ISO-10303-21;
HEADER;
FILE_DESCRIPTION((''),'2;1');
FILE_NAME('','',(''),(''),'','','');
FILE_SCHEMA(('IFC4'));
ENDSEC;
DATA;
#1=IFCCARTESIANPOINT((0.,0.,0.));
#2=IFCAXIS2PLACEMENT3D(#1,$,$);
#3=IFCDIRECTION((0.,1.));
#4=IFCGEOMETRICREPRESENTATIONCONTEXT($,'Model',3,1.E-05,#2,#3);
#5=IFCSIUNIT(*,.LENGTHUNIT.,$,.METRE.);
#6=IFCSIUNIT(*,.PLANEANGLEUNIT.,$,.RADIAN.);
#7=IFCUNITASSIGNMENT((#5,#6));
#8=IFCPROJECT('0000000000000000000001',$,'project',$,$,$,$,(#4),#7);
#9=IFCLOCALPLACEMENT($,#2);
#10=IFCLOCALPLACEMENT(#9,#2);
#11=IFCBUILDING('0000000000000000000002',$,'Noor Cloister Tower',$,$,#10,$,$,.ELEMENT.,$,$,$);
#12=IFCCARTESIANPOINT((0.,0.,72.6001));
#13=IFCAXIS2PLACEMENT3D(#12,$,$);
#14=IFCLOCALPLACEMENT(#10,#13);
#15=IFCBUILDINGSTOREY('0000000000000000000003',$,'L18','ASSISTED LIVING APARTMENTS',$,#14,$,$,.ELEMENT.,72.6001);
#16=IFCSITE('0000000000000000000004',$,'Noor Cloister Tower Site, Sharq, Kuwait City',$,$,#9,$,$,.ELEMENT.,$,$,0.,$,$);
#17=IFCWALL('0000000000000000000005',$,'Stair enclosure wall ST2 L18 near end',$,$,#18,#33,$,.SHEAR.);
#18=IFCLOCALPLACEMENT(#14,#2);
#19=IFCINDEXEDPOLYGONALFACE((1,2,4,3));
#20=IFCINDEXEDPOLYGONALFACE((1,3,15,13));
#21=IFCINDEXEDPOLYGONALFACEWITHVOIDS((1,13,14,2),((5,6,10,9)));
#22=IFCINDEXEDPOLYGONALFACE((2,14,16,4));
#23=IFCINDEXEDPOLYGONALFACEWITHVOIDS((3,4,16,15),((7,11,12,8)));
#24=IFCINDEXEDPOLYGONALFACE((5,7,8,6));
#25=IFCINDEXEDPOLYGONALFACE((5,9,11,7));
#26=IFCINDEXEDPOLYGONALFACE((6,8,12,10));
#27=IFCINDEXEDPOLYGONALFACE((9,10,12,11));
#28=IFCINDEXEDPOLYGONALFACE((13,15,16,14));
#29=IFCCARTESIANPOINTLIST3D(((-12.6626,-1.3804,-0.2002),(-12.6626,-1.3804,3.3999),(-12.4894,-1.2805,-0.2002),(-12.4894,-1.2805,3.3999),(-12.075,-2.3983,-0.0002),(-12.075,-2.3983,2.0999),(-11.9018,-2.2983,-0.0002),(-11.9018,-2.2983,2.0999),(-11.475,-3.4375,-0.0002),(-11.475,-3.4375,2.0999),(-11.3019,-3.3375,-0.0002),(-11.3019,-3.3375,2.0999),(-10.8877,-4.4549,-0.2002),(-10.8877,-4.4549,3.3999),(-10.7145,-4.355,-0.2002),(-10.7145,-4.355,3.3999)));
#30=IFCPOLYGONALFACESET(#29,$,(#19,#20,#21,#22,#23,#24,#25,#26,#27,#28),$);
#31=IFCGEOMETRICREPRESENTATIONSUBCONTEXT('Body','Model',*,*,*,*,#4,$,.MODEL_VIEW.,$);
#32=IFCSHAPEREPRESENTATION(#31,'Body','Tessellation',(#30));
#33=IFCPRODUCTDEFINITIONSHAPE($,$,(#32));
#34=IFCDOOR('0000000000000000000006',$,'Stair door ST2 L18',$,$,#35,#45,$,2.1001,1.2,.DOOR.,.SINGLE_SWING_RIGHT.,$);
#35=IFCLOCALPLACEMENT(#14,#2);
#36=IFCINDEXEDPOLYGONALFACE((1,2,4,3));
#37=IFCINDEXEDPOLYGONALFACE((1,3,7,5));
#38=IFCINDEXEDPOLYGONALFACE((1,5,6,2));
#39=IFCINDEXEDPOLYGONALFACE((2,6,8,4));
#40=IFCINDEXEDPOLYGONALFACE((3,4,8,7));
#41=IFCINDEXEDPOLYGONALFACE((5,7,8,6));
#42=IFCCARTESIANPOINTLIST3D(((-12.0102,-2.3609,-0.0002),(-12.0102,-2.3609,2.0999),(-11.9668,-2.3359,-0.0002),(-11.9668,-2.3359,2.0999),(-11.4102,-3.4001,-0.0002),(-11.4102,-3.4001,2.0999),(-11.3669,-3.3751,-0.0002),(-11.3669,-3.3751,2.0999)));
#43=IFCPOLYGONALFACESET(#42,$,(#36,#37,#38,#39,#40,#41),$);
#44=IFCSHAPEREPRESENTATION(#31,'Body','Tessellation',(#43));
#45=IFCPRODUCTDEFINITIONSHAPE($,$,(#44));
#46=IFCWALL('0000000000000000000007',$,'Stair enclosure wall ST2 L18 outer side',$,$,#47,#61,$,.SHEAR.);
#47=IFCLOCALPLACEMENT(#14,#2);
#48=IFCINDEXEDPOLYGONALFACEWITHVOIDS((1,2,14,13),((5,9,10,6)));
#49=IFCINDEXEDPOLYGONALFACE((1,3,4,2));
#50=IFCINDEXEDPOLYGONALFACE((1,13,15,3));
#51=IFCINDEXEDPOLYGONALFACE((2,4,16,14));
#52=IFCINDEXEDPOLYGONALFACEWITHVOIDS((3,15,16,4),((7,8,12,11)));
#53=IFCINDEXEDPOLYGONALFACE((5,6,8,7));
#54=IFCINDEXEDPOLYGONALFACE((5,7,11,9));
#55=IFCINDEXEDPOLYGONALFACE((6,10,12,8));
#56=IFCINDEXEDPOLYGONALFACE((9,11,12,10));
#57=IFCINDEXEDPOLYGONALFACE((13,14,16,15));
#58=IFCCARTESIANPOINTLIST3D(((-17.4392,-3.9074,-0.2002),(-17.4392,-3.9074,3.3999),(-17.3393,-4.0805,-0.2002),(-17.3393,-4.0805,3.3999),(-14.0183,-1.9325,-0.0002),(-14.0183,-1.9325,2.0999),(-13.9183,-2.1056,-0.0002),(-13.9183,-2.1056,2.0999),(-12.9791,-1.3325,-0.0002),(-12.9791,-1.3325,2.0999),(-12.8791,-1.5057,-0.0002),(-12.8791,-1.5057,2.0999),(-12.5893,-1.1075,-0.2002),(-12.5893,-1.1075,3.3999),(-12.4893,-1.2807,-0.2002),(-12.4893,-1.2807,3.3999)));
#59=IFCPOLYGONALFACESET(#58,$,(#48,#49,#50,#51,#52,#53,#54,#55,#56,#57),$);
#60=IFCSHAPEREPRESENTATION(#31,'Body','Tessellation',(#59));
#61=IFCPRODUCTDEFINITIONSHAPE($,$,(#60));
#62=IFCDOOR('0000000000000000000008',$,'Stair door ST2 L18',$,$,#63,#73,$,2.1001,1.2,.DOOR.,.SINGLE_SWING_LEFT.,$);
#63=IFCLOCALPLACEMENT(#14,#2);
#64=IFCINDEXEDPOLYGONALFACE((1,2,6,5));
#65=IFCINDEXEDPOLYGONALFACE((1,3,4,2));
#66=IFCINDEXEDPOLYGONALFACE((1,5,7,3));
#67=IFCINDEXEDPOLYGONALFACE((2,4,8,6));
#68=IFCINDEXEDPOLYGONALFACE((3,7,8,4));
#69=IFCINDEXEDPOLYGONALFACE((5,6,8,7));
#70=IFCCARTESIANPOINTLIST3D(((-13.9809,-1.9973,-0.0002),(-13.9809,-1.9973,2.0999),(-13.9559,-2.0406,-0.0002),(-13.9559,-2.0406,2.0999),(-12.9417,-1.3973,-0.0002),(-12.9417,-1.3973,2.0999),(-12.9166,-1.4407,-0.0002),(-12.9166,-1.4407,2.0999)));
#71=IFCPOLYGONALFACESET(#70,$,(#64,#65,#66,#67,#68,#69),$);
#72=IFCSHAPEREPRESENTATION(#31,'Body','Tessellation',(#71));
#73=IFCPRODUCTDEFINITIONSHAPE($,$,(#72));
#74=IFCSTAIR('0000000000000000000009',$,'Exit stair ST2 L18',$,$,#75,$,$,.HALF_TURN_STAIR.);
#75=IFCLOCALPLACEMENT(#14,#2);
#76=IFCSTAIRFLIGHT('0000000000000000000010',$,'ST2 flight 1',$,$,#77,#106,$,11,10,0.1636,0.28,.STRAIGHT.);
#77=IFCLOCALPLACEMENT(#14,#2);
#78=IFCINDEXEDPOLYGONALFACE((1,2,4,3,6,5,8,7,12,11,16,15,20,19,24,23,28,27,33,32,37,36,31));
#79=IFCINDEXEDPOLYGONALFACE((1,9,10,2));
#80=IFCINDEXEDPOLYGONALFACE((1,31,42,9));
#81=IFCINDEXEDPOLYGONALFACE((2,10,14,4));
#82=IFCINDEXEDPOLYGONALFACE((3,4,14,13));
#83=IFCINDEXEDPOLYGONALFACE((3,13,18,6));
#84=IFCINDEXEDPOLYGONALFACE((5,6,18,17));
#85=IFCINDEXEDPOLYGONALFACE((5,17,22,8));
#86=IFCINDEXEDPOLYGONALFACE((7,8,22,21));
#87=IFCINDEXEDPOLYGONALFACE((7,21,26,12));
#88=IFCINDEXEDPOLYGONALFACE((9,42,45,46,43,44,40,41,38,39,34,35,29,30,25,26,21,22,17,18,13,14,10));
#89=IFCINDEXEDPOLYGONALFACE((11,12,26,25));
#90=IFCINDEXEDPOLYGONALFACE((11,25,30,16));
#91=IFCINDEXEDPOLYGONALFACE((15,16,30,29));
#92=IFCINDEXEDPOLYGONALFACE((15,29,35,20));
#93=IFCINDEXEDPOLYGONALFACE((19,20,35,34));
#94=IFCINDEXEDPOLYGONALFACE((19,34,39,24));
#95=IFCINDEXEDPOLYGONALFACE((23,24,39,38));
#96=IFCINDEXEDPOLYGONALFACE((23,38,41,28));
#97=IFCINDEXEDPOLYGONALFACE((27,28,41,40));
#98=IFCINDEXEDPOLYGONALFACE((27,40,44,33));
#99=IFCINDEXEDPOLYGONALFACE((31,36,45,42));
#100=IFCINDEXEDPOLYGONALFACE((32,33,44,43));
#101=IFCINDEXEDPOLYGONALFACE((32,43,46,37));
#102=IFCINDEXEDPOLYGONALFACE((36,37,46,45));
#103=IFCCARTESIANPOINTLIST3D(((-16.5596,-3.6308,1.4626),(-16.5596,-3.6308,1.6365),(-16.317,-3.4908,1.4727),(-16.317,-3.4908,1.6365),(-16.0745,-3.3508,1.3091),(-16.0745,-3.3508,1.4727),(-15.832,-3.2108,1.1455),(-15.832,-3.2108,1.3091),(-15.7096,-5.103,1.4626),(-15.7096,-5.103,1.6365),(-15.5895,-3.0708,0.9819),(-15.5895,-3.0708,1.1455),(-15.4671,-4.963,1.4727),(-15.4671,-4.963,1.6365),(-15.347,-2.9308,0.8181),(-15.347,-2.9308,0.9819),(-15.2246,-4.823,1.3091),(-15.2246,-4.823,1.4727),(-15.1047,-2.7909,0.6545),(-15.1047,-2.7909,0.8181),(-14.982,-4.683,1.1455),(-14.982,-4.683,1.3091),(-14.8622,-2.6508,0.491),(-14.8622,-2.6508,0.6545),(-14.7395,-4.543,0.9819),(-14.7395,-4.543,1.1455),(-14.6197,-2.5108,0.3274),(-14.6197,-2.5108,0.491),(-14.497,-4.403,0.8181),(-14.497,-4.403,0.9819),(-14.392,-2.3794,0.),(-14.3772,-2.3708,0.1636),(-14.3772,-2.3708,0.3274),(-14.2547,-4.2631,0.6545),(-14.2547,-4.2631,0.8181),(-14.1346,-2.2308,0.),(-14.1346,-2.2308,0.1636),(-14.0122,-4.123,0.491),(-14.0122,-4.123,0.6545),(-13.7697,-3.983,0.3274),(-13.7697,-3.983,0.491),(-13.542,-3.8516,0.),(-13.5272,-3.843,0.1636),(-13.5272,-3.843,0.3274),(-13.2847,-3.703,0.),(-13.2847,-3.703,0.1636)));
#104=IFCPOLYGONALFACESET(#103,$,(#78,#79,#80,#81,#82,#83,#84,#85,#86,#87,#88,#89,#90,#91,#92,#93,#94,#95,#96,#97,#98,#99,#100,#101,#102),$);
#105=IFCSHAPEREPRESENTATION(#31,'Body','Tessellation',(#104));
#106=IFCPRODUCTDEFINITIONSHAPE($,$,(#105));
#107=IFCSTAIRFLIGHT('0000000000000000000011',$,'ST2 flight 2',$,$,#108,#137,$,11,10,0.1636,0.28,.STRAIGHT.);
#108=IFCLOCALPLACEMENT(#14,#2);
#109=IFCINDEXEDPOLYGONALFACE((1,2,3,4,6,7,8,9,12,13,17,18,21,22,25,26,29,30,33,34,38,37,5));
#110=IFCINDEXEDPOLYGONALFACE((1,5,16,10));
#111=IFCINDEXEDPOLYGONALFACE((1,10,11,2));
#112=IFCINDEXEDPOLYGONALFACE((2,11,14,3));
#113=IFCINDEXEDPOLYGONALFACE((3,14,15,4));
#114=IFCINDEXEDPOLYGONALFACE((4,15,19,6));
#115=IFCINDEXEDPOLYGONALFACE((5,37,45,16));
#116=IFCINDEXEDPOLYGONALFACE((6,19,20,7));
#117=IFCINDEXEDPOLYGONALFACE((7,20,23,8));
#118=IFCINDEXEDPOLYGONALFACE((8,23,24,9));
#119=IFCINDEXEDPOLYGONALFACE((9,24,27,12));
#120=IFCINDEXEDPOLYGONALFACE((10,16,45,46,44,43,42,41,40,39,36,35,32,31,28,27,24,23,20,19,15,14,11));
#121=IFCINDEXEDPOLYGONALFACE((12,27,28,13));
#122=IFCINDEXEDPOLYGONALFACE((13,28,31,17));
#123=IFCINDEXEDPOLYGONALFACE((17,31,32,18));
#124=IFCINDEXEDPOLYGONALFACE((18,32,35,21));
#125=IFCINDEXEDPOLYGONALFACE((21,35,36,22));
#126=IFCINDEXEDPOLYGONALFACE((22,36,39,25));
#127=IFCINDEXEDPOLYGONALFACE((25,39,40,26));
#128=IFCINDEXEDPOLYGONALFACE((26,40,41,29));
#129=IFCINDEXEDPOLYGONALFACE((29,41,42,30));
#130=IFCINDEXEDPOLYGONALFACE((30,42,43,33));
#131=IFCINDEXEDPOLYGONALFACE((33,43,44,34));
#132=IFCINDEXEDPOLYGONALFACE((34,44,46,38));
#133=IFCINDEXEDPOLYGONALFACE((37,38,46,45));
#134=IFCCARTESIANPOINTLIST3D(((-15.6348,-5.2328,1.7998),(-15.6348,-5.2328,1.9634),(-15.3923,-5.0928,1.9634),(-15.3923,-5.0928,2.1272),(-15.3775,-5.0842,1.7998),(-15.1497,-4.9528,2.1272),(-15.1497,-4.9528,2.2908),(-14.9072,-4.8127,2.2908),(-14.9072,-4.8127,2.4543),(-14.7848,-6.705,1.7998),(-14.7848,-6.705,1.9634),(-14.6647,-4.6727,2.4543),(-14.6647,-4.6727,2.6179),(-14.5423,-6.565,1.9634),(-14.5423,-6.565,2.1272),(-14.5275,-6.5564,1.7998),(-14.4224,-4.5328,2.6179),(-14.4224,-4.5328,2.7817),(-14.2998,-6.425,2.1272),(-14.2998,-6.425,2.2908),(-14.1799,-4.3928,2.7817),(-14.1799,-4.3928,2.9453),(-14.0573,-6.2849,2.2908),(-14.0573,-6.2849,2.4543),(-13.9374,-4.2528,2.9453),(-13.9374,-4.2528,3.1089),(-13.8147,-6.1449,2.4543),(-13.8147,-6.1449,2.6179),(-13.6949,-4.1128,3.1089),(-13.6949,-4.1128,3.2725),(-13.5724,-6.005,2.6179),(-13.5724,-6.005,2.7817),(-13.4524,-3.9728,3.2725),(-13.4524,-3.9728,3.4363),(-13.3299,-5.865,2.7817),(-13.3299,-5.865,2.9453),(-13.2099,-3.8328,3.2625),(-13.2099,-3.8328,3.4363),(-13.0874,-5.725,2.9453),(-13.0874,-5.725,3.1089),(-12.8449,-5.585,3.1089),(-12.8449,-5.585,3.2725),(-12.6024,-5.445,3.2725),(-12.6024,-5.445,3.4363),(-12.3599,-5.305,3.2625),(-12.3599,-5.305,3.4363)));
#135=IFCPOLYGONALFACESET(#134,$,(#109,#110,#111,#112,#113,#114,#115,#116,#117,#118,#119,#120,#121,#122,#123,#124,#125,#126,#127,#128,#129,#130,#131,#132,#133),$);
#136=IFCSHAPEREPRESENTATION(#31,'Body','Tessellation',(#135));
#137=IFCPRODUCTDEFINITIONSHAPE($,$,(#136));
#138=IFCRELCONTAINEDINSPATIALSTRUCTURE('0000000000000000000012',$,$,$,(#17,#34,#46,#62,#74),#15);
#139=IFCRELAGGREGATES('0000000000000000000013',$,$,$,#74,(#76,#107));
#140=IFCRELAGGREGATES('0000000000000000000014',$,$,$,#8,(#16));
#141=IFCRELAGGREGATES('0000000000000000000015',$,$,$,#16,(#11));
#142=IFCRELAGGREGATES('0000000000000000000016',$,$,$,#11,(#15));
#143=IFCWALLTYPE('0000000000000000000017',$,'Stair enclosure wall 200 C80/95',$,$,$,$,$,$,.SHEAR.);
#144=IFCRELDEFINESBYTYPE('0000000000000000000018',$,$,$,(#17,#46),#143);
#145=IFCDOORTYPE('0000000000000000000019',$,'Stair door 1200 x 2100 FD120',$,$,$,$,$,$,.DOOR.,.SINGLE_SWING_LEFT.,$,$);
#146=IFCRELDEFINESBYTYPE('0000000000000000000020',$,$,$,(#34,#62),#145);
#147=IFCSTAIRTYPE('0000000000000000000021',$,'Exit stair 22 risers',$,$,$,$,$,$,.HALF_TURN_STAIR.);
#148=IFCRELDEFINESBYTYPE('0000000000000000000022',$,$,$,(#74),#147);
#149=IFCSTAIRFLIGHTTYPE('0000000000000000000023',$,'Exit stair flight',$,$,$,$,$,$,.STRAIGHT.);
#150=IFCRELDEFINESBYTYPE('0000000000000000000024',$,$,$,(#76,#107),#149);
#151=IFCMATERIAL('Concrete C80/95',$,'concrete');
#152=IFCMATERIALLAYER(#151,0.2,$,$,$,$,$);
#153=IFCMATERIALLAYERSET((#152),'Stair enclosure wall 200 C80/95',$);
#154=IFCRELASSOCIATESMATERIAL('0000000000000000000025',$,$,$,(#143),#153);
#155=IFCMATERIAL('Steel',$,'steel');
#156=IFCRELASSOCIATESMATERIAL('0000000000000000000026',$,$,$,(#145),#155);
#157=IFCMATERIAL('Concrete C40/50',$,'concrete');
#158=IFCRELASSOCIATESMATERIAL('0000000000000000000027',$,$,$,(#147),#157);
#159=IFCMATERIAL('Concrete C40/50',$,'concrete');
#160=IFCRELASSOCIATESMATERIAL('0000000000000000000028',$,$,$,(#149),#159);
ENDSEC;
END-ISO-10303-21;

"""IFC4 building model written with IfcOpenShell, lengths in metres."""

from ifc_helpers import new_model, si_unit, direction, frame, frame_2d, origin, place, context, subcontext, project, spatial, polyline, rectangle, outline, extrude, material, layer, layer_set, type_object, element, fill, aggregate, save


model = new_model("IFC4")

# Units and contexts
model_context = context("Model", 3, precision=1e-05, world=origin(), true_north=direction((0.0, 1.0)))
body_context = subcontext(model_context, "Body", "Model", "MODEL_VIEW")
ifc_project = project(units=[si_unit("LENGTHUNIT", "METRE"), si_unit("PLANEANGLEUNIT", "RADIAN")], contexts=[model_context])

# Site, building, storey
site_placement = place(None, origin())
site = spatial("IfcSite", under=ifc_project, at=site_placement, Name="Noor Cloister Tower Site, Sharq, Kuwait City", CompositionType="ELEMENT", RefElevation=0.0)
building_placement = place(site_placement, origin())
building = spatial("IfcBuilding", under=site, at=building_placement, Name="Noor Cloister Tower", CompositionType="ELEMENT")
storey_placement = place(building_placement, frame((0.0, 0.0, 72.6001)))
storey = spatial("IfcBuildingStorey", under=building, at=storey_placement, Name="L18", Description="ASSISTED LIVING APARTMENTS", CompositionType="ELEMENT", Elevation=72.6001)

# Walls, openings, doors
ifc_material_1 = material(Name="Concrete C80/95", Category="concrete")
ifc_layer_1 = layer(ifc_material_1, 0.2)
ifc_layer_set_1 = layer_set([ifc_layer_1], Name="Stair enclosure wall 200 C80/95")
wall_type_1 = type_object("IfcWallType", Name="Stair enclosure wall 200 C80/95", PredefinedType="SHEAR", material=ifc_layer_set_1)
wall_1_placement = place(storey_placement, frame((-12.5759, -1.3306, -0.2002), z_axis=(0.0, 0.0, 1.0), x_axis=(0.49997, -0.866042, 0.0)))
wall_1 = element("IfcWall", 1, at=wall_1_placement, inside=storey, type_object=wall_type_1, Name="Stair enclosure wall ST2 L18 near end", PredefinedType="SHEAR", context=body_context, shape_type="SweptSolid", body=[
    extrude(rectangle(XDim=3.55, YDim=0.2, at=frame_2d((1.7749, 0.0))), origin(), (0.0, 0.0, 1.0), 3.6001),
])
opening_1_placement = place(wall_1_placement, frame((1.175, 0.0, 0.2)))
opening_1 = element("IfcOpeningElement", 2, at=opening_1_placement, cuts=wall_1, PredefinedType="OPENING", context=body_context, shape_type="SweptSolid", body=[
    extrude(rectangle(XDim=1.2, YDim=2.1001, at=frame_2d((0.6001, 1.05))), frame((0.0, 0.1099, 0.0), z_axis=(0.0, -1.0, 0.0), x_axis=(1.0, 0.0, 0.0)), (0.0, 0.0, 1.0), 0.22),
])
ifc_material_2 = material(Name="Steel", Category="steel")
door_type_1 = type_object("IfcDoorType", Name="Stair door 1200 x 2100 FD120", OperationType="SINGLE_SWING_LEFT", PredefinedType="DOOR", material=ifc_material_2)
door_1_placement = place(opening_1_placement, origin())
door_1 = element("IfcDoor", 3, at=door_1_placement, inside=storey, type_object=door_type_1, Name="Stair door ST2 L18", OperationType="SINGLE_SWING_RIGHT", OverallHeight=2.1001, OverallWidth=1.2, PredefinedType="DOOR", context=body_context, shape_type="SweptSolid", body=[
    extrude(rectangle(XDim=1.2, YDim=2.1001, at=frame_2d((0.6001, 1.05))), frame((0.0, 0.0249, 0.0), z_axis=(0.0, -1.0, 0.0), x_axis=(1.0, 0.0, 0.0)), (0.0, 0.0, 1.0), 0.05),
])
fill(opening_1, door_1)
wall_2_placement = place(storey_placement, frame((-12.5393, -1.1941, -0.2002), z_axis=(0.0, 0.0, 1.0), x_axis=(-0.866045, -0.499965, 0.0)))
wall_2 = element("IfcWall", 4, at=wall_2_placement, inside=storey, type_object=wall_type_1, Name="Stair enclosure wall ST2 L18 outer side", PredefinedType="SHEAR", context=body_context, shape_type="SweptSolid", body=[
    extrude(rectangle(XDim=5.6001, YDim=0.2, at=frame_2d((2.8, 0.0))), origin(), (0.0, 0.0, 1.0), 3.6001),
])
opening_2_placement = place(wall_2_placement, frame((0.45, 0.0, 0.2)))
opening_2 = element("IfcOpeningElement", 5, at=opening_2_placement, cuts=wall_2, PredefinedType="OPENING", context=body_context, shape_type="SweptSolid", body=[
    extrude(rectangle(XDim=1.2, YDim=2.1001, at=frame_2d((0.6001, 1.05))), frame((0.0, 0.1099, 0.0), z_axis=(0.0, -1.0, 0.0), x_axis=(1.0, 0.0, 0.0)), (0.0, 0.0, 1.0), 0.22),
])
door_2_placement = place(opening_2_placement, origin())
door_2 = element("IfcDoor", 6, at=door_2_placement, inside=storey, type_object=door_type_1, Name="Stair door ST2 L18", OperationType="SINGLE_SWING_LEFT", OverallHeight=2.1001, OverallWidth=1.2, PredefinedType="DOOR", context=body_context, shape_type="SweptSolid", body=[
    extrude(rectangle(XDim=1.2, YDim=2.1001, at=frame_2d((0.6001, 1.05))), frame((0.0, 0.0249, 0.0), z_axis=(0.0, -1.0, 0.0), x_axis=(1.0, 0.0, 0.0)), (0.0, 0.0, 1.0), 0.05),
])
fill(opening_2, door_2)

# Stair, stair flights
ifc_material_3 = material(Name="Concrete C40/50", Category="concrete")
stair_type = type_object("IfcStairType", Name="Exit stair 22 risers", PredefinedType="HALF_TURN_STAIR", material=ifc_material_3)
stair_placement = place(storey_placement, origin())
stair = element("IfcStair", 7, at=stair_placement, inside=storey, type_object=stair_type, Name="Exit stair ST2 L18", PredefinedType="HALF_TURN_STAIR")
ifc_material_4 = material(Name="Concrete C40/50", Category="concrete")
stair_flight_type = type_object("IfcStairFlightType", Name="Exit stair flight", PredefinedType="STRAIGHT", material=ifc_material_4)
stair_flight_1_placement = place(storey_placement, frame((-13.7097, -2.9668, 0.0), z_axis=(0.0, 0.0, 1.0), x_axis=(-0.866025, -0.5, 0.0)))
stair_flight_1 = element("IfcStairFlight", 8, at=stair_flight_1_placement, type_object=stair_flight_type, Name="ST2 flight 1", NumberOfRisers=11, NumberOfTreads=10, PredefinedType="STRAIGHT", RiserHeight=0.1636, TreadLength=0.28, context=body_context, shape_type="SweptSolid", body=[
    extrude(outline(polyline([(0.0, 0.0), (0.0, 0.1636), (0.28, 0.1636), (0.28, 0.3274), (0.5601, 0.3274), (0.5601, 0.491), (0.8401, 0.491), (0.8401, 0.6545), (1.1201, 0.6545), (1.1201, 0.8181), (1.3999, 0.8181), (1.3999, 0.9819), (1.6799, 0.9819), (1.6799, 1.1455), (1.96, 1.1455), (1.96, 1.3091), (2.24, 1.3091), (2.24, 1.4727), (2.52, 1.4727), (2.52, 1.6365), (2.8, 1.6365), (2.8, 1.8), (2.8, 1.4626), (0.2971, 0.0), (0.0, 0.0)])), frame((0.0, 0.8501, 0.0), z_axis=(0.0, -1.0, 0.0), x_axis=(1.0, 0.0, 0.0)), (0.0, 0.0, 1.0), 1.7),
])
stair_flight_2_placement = place(storey_placement, frame((-15.2097, -5.969, 1.7998), z_axis=(0.0, 0.0, 1.0), x_axis=(0.866025, 0.5, 0.0)))
stair_flight_2 = element("IfcStairFlight", 9, at=stair_flight_2_placement, type_object=stair_flight_type, Name="ST2 flight 2", NumberOfRisers=11, NumberOfTreads=10, PredefinedType="STRAIGHT", RiserHeight=0.1636, TreadLength=0.28, context=body_context, shape_type="SweptSolid", body=[
    extrude(outline(polyline([(0.0, 0.0), (0.0, 0.1636), (0.28, 0.1636), (0.28, 0.3274), (0.5601, 0.3274), (0.5601, 0.491), (0.8401, 0.491), (0.8401, 0.6545), (1.1201, 0.6545), (1.1201, 0.8181), (1.3999, 0.8181), (1.3999, 0.9819), (1.6799, 0.9819), (1.6799, 1.1455), (1.96, 1.1455), (1.96, 1.3091), (2.24, 1.3091), (2.24, 1.4727), (2.52, 1.4727), (2.52, 1.6365), (2.8, 1.6365), (2.8, 1.8), (2.8, 1.4626), (0.2971, 0.0), (0.0, 0.0)])), frame((0.0, 0.8501, 0.0), z_axis=(0.0, -1.0, 0.0), x_axis=(1.0, 0.0, 0.0)), (0.0, 0.0, 1.0), 1.7),
])
aggregate(stair, [stair_flight_1, stair_flight_2])

save(model, "model.ifc")
